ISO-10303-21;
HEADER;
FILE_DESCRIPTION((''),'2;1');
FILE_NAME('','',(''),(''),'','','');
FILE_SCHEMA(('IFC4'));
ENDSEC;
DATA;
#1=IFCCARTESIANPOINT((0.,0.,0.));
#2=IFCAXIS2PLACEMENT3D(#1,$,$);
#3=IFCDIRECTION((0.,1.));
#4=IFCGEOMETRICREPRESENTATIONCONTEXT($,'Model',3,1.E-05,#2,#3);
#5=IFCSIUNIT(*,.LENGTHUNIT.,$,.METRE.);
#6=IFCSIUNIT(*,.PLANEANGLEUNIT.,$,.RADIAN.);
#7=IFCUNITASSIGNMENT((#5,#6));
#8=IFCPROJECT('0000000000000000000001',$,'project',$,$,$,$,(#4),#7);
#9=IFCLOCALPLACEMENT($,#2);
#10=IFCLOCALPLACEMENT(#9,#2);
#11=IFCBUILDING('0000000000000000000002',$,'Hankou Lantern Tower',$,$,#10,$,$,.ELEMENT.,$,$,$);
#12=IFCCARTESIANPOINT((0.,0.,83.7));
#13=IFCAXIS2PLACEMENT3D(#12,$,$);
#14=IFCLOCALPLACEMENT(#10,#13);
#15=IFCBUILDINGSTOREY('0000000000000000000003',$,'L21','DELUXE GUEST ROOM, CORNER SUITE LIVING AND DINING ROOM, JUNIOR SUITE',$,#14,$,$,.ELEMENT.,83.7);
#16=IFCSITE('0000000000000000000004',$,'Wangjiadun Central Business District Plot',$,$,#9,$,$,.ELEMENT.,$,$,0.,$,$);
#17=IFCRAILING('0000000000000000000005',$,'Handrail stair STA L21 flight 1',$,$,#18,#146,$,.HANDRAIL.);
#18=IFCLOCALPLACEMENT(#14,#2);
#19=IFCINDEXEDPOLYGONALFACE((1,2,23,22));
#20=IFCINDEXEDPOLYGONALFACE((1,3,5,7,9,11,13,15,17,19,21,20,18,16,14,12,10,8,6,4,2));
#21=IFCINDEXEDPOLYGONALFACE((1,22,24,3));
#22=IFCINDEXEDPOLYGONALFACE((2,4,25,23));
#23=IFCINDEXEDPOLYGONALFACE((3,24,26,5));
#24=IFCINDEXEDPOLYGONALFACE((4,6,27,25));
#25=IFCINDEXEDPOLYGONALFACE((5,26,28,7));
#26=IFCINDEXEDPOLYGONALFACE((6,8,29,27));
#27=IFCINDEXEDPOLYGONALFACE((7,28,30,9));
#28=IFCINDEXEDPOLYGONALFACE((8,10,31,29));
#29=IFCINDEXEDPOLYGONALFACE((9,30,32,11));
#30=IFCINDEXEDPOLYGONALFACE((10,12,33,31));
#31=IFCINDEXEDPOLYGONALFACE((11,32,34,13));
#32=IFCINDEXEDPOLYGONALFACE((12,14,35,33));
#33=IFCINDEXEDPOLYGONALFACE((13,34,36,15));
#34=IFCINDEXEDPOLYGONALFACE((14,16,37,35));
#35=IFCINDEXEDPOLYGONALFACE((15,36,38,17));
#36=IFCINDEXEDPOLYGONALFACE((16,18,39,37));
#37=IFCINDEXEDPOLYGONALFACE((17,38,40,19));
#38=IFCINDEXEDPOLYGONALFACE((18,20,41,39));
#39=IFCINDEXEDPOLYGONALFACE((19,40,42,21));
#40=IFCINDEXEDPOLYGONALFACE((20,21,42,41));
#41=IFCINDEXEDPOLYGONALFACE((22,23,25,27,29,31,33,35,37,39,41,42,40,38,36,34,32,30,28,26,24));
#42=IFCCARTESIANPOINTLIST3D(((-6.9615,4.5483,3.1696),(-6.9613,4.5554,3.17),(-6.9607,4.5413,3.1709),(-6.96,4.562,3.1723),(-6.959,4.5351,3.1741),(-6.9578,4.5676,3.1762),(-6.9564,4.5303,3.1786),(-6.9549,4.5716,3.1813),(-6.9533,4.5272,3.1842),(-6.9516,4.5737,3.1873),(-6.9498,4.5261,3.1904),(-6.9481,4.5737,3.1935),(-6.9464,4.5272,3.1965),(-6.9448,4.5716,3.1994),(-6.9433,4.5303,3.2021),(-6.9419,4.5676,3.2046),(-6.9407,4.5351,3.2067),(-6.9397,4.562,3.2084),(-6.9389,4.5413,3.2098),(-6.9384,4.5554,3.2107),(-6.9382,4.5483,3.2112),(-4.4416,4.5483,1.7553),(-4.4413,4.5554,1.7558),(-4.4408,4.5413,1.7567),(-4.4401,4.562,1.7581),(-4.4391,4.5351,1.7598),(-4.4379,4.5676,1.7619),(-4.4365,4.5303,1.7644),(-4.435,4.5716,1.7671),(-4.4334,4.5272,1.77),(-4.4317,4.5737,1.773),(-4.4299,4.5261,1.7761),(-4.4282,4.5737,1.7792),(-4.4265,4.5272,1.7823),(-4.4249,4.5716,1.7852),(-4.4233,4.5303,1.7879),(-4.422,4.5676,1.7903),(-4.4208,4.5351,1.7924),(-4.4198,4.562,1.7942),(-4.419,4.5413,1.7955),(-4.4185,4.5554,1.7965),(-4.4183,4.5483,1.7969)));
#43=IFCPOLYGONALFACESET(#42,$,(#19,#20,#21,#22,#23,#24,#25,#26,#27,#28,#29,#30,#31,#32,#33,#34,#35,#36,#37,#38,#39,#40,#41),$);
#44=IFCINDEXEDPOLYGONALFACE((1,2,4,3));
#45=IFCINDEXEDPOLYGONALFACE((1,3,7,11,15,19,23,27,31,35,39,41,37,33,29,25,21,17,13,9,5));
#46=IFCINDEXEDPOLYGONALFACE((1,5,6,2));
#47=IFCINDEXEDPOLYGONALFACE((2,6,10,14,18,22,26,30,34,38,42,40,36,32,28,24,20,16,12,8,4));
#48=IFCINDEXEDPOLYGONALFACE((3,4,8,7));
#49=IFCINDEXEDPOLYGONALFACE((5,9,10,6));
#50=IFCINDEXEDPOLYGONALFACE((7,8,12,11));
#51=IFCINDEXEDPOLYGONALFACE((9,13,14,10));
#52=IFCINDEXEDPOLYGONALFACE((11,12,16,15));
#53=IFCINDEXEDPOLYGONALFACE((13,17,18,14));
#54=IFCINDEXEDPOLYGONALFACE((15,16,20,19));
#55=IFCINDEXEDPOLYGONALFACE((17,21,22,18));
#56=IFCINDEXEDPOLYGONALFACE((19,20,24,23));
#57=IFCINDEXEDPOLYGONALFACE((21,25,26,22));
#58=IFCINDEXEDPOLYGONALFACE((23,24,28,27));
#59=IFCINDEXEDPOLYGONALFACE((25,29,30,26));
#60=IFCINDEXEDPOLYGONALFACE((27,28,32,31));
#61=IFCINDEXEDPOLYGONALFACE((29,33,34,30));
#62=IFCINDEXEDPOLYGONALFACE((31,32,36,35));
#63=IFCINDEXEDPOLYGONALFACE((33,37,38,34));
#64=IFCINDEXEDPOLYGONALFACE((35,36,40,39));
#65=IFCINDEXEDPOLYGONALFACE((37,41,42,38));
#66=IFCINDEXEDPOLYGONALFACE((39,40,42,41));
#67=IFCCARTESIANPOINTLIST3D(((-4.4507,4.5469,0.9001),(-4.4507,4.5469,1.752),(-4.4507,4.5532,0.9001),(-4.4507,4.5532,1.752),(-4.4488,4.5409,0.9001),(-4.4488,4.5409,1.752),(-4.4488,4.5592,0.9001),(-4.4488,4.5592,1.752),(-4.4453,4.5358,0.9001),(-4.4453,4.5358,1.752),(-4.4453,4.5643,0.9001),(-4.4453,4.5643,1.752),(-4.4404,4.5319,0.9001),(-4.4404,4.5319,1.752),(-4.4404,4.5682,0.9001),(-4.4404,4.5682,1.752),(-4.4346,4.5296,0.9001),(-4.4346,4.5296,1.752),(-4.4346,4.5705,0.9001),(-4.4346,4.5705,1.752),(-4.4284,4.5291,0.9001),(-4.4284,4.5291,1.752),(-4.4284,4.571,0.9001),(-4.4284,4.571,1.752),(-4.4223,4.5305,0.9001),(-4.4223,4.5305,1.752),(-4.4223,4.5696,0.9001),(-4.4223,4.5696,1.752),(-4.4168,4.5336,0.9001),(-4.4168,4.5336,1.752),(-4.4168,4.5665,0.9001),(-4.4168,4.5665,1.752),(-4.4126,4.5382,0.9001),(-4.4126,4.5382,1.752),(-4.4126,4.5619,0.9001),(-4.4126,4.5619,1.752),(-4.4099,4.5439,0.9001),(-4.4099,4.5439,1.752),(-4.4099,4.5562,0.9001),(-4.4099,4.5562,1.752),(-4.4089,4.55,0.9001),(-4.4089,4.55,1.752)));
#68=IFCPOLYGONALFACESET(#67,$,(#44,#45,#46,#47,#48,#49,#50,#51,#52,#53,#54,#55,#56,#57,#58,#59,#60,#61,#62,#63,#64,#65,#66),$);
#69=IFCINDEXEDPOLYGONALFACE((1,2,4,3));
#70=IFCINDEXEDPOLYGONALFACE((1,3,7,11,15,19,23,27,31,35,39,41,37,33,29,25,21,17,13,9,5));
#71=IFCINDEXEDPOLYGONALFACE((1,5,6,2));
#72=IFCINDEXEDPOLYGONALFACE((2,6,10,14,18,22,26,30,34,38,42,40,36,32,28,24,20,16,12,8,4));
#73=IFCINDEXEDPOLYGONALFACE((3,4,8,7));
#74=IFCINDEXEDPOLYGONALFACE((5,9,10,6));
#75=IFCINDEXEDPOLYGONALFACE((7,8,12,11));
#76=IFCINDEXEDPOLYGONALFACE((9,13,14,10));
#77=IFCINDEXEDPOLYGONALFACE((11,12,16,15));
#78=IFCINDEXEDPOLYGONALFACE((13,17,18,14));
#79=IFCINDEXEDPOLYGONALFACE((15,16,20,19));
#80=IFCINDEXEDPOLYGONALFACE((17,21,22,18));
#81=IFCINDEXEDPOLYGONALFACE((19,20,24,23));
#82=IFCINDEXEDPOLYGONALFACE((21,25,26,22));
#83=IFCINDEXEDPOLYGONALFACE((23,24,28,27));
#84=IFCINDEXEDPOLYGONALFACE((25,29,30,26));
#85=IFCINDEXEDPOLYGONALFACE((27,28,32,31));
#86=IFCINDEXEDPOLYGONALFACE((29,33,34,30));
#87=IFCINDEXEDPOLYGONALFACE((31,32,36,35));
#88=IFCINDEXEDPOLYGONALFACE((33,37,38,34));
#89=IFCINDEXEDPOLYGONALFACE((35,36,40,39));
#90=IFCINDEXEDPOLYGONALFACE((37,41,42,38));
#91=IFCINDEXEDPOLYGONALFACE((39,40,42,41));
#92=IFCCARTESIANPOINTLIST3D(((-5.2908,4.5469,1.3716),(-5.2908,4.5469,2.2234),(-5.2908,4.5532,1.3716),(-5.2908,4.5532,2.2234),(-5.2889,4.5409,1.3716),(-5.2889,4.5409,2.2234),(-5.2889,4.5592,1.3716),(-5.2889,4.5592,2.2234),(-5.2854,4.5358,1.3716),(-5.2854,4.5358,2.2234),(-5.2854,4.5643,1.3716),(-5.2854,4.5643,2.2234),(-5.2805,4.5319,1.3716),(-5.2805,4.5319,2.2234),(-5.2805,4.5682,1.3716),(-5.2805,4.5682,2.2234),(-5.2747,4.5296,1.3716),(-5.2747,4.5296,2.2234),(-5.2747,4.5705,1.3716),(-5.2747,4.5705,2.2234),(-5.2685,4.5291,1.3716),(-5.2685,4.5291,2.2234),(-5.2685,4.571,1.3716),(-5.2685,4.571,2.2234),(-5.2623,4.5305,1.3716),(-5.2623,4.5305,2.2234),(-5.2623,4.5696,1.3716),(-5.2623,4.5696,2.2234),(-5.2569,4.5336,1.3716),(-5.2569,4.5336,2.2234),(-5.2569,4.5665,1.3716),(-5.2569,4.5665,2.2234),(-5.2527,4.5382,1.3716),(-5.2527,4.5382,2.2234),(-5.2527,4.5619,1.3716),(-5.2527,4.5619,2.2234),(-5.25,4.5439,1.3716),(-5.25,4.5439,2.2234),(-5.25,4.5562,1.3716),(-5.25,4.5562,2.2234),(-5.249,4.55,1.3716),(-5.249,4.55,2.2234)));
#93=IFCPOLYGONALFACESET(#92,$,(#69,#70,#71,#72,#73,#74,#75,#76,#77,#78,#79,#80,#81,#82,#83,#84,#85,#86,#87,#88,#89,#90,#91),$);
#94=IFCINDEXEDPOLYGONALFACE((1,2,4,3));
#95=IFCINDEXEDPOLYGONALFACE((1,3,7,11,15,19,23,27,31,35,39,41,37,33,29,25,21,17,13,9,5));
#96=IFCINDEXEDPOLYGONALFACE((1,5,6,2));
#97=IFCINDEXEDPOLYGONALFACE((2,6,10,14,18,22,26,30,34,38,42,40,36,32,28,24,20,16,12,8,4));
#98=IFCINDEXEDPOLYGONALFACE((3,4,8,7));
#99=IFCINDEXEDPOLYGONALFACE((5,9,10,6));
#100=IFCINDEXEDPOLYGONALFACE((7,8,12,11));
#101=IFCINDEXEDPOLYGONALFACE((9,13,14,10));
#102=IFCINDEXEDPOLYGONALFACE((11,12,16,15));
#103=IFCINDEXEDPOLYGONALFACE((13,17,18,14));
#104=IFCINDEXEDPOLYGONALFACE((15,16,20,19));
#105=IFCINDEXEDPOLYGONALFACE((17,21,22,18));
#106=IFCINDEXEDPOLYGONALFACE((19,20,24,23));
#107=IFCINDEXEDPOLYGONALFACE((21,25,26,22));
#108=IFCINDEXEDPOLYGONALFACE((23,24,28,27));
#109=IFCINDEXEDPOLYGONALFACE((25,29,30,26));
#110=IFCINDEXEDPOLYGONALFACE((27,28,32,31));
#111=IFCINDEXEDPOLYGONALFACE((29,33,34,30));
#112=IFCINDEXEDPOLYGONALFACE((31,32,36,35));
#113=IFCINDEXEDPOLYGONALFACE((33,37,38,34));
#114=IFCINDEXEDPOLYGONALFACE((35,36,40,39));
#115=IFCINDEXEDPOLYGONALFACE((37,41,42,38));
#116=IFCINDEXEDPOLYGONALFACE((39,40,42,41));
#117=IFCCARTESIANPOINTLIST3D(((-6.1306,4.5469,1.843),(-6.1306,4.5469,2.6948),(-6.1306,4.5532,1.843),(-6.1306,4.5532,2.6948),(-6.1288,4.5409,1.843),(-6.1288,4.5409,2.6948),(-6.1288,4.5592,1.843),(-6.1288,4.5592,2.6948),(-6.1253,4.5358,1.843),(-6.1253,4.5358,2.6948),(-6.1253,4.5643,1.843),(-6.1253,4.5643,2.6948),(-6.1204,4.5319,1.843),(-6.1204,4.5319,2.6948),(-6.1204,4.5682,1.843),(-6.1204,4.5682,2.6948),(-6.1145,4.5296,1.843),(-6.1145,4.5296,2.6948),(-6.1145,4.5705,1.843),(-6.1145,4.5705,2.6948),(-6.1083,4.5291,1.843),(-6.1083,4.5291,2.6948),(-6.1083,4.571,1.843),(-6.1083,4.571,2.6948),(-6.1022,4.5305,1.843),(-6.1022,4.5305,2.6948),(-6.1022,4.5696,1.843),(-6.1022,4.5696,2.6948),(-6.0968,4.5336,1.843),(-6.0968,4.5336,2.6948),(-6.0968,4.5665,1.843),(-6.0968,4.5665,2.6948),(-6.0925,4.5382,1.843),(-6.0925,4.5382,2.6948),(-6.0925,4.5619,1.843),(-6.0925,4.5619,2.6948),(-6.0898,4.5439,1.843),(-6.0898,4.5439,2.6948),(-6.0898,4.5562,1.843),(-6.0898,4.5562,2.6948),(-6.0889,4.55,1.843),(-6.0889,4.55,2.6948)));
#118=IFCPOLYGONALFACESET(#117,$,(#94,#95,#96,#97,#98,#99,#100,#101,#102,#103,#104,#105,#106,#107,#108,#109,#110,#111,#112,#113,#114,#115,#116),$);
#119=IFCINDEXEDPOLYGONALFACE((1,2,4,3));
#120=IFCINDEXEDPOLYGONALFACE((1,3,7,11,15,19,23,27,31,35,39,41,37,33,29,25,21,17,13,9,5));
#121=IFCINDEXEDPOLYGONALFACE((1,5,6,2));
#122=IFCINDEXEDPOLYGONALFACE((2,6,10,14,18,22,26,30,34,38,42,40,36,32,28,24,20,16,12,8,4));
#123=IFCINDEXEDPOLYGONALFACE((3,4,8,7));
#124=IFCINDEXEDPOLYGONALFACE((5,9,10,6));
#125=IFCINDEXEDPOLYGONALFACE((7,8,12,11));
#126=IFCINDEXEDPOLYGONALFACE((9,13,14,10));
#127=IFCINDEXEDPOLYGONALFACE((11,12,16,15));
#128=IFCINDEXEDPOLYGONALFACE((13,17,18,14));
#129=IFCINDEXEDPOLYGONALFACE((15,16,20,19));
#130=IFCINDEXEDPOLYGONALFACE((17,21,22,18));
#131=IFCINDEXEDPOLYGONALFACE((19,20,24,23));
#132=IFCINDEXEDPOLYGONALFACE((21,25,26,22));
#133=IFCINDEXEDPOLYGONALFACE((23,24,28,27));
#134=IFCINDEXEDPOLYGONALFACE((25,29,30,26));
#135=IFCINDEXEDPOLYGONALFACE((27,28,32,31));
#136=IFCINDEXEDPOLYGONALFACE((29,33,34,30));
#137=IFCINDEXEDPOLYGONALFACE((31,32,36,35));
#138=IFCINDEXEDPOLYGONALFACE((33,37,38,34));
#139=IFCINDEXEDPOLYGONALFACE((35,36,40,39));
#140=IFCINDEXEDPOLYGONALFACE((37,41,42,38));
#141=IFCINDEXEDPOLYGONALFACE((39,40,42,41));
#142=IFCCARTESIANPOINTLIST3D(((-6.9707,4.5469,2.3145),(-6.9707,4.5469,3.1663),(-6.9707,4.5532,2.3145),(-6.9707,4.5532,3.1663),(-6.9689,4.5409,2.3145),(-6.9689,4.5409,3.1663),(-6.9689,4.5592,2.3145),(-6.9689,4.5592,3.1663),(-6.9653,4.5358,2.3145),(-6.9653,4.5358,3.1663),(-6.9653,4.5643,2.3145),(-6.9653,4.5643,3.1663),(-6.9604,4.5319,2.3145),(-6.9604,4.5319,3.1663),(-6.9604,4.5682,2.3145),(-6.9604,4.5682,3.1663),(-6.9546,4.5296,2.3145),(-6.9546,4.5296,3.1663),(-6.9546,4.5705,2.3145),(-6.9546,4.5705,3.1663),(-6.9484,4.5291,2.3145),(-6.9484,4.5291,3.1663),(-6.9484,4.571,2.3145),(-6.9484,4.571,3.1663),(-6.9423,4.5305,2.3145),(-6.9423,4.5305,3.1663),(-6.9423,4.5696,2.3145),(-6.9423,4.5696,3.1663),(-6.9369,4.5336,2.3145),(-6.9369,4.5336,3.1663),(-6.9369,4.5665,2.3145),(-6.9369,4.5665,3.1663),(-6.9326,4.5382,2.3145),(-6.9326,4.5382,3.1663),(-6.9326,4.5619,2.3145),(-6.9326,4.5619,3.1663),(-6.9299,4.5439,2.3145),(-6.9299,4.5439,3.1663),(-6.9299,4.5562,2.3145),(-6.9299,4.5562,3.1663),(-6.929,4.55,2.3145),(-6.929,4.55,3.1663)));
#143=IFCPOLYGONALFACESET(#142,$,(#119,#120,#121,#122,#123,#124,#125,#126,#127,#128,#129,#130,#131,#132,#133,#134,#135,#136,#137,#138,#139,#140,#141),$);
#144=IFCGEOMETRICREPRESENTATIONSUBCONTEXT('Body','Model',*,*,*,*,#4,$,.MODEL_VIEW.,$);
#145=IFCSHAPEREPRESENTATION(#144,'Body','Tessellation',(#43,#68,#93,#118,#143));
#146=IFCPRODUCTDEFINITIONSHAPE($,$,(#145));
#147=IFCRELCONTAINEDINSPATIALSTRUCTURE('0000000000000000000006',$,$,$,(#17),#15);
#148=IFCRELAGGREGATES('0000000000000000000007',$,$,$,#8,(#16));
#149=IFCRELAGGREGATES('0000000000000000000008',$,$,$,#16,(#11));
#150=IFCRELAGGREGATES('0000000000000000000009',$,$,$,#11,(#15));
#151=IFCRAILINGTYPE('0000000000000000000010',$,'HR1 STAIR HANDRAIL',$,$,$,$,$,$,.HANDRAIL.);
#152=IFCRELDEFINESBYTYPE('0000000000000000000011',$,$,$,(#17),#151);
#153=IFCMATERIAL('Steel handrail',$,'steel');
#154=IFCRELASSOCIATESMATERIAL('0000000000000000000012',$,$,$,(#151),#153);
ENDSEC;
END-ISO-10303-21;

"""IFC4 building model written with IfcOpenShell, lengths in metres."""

from ifc_helpers import new_model, si_unit, direction, frame, origin, origin_2d, place, context, subcontext, project, spatial, circle, extrude, material, type_object, element, save


model = new_model("IFC4")

# Units and contexts
model_context = context("Model", 3, precision=1e-05, world=origin(), true_north=direction((0.0, 1.0)))
body_context = subcontext(model_context, "Body", "Model", "MODEL_VIEW")
ifc_project = project(units=[si_unit("LENGTHUNIT", "METRE"), si_unit("PLANEANGLEUNIT", "RADIAN")], contexts=[model_context])

# Site, building, storey
site_placement = place(None, origin())
site = spatial("IfcSite", under=ifc_project, at=site_placement, Name="Wangjiadun Central Business District Plot", CompositionType="ELEMENT", RefElevation=0.0)
building_placement = place(site_placement, origin())
building = spatial("IfcBuilding", under=site, at=building_placement, Name="Hankou Lantern Tower", CompositionType="ELEMENT")
storey_placement = place(building_placement, frame((0.0, 0.0, 83.7)))
storey = spatial("IfcBuildingStorey", under=building, at=storey_placement, Name="L21", Description="DELUXE GUEST ROOM, CORNER SUITE LIVING AND DINING ROOM, JUNIOR SUITE", CompositionType="ELEMENT", Elevation=83.7)

# Railing
ifc_material_1 = material(Name="Steel handrail", Category="steel")
railing_type = type_object("IfcRailingType", Name="HR1 STAIR HANDRAIL", PredefinedType="HANDRAIL", material=ifc_material_1)
railing_1_placement = place(storey_placement, frame((-4.4299, 4.55, 0.9001)))
element("IfcRailing", 1, at=railing_1_placement, inside=storey, type_object=railing_type, Name="Handrail stair STA L21 flight 1", PredefinedType="HANDRAIL", context=body_context, shape_type="SweptSolid", body=[
    extrude(circle(Radius=0.0239, at=origin_2d()), frame((0.0, 0.0, 0.876), z_axis=(-0.872049, 0.0, 0.489419), x_axis=(0.0, -1.0, 0.0)), (0.0, 0.0, 1.0), 2.8896),
    extrude(circle(Radius=0.021, at=origin_2d()), origin(), (0.0, 0.0, 1.0), 0.8518),
    extrude(circle(Radius=0.021, at=origin_2d()), frame((-0.8401, 0.0, 0.4714)), (0.0, 0.0, 1.0), 0.8518),
    extrude(circle(Radius=0.021, at=origin_2d()), frame((-1.6799, 0.0, 0.9429)), (0.0, 0.0, 1.0), 0.8518),
    extrude(circle(Radius=0.021, at=origin_2d()), frame((-2.52, 0.0, 1.4143)), (0.0, 0.0, 1.0), 0.8518),
])

save(model, "model.ifc")
